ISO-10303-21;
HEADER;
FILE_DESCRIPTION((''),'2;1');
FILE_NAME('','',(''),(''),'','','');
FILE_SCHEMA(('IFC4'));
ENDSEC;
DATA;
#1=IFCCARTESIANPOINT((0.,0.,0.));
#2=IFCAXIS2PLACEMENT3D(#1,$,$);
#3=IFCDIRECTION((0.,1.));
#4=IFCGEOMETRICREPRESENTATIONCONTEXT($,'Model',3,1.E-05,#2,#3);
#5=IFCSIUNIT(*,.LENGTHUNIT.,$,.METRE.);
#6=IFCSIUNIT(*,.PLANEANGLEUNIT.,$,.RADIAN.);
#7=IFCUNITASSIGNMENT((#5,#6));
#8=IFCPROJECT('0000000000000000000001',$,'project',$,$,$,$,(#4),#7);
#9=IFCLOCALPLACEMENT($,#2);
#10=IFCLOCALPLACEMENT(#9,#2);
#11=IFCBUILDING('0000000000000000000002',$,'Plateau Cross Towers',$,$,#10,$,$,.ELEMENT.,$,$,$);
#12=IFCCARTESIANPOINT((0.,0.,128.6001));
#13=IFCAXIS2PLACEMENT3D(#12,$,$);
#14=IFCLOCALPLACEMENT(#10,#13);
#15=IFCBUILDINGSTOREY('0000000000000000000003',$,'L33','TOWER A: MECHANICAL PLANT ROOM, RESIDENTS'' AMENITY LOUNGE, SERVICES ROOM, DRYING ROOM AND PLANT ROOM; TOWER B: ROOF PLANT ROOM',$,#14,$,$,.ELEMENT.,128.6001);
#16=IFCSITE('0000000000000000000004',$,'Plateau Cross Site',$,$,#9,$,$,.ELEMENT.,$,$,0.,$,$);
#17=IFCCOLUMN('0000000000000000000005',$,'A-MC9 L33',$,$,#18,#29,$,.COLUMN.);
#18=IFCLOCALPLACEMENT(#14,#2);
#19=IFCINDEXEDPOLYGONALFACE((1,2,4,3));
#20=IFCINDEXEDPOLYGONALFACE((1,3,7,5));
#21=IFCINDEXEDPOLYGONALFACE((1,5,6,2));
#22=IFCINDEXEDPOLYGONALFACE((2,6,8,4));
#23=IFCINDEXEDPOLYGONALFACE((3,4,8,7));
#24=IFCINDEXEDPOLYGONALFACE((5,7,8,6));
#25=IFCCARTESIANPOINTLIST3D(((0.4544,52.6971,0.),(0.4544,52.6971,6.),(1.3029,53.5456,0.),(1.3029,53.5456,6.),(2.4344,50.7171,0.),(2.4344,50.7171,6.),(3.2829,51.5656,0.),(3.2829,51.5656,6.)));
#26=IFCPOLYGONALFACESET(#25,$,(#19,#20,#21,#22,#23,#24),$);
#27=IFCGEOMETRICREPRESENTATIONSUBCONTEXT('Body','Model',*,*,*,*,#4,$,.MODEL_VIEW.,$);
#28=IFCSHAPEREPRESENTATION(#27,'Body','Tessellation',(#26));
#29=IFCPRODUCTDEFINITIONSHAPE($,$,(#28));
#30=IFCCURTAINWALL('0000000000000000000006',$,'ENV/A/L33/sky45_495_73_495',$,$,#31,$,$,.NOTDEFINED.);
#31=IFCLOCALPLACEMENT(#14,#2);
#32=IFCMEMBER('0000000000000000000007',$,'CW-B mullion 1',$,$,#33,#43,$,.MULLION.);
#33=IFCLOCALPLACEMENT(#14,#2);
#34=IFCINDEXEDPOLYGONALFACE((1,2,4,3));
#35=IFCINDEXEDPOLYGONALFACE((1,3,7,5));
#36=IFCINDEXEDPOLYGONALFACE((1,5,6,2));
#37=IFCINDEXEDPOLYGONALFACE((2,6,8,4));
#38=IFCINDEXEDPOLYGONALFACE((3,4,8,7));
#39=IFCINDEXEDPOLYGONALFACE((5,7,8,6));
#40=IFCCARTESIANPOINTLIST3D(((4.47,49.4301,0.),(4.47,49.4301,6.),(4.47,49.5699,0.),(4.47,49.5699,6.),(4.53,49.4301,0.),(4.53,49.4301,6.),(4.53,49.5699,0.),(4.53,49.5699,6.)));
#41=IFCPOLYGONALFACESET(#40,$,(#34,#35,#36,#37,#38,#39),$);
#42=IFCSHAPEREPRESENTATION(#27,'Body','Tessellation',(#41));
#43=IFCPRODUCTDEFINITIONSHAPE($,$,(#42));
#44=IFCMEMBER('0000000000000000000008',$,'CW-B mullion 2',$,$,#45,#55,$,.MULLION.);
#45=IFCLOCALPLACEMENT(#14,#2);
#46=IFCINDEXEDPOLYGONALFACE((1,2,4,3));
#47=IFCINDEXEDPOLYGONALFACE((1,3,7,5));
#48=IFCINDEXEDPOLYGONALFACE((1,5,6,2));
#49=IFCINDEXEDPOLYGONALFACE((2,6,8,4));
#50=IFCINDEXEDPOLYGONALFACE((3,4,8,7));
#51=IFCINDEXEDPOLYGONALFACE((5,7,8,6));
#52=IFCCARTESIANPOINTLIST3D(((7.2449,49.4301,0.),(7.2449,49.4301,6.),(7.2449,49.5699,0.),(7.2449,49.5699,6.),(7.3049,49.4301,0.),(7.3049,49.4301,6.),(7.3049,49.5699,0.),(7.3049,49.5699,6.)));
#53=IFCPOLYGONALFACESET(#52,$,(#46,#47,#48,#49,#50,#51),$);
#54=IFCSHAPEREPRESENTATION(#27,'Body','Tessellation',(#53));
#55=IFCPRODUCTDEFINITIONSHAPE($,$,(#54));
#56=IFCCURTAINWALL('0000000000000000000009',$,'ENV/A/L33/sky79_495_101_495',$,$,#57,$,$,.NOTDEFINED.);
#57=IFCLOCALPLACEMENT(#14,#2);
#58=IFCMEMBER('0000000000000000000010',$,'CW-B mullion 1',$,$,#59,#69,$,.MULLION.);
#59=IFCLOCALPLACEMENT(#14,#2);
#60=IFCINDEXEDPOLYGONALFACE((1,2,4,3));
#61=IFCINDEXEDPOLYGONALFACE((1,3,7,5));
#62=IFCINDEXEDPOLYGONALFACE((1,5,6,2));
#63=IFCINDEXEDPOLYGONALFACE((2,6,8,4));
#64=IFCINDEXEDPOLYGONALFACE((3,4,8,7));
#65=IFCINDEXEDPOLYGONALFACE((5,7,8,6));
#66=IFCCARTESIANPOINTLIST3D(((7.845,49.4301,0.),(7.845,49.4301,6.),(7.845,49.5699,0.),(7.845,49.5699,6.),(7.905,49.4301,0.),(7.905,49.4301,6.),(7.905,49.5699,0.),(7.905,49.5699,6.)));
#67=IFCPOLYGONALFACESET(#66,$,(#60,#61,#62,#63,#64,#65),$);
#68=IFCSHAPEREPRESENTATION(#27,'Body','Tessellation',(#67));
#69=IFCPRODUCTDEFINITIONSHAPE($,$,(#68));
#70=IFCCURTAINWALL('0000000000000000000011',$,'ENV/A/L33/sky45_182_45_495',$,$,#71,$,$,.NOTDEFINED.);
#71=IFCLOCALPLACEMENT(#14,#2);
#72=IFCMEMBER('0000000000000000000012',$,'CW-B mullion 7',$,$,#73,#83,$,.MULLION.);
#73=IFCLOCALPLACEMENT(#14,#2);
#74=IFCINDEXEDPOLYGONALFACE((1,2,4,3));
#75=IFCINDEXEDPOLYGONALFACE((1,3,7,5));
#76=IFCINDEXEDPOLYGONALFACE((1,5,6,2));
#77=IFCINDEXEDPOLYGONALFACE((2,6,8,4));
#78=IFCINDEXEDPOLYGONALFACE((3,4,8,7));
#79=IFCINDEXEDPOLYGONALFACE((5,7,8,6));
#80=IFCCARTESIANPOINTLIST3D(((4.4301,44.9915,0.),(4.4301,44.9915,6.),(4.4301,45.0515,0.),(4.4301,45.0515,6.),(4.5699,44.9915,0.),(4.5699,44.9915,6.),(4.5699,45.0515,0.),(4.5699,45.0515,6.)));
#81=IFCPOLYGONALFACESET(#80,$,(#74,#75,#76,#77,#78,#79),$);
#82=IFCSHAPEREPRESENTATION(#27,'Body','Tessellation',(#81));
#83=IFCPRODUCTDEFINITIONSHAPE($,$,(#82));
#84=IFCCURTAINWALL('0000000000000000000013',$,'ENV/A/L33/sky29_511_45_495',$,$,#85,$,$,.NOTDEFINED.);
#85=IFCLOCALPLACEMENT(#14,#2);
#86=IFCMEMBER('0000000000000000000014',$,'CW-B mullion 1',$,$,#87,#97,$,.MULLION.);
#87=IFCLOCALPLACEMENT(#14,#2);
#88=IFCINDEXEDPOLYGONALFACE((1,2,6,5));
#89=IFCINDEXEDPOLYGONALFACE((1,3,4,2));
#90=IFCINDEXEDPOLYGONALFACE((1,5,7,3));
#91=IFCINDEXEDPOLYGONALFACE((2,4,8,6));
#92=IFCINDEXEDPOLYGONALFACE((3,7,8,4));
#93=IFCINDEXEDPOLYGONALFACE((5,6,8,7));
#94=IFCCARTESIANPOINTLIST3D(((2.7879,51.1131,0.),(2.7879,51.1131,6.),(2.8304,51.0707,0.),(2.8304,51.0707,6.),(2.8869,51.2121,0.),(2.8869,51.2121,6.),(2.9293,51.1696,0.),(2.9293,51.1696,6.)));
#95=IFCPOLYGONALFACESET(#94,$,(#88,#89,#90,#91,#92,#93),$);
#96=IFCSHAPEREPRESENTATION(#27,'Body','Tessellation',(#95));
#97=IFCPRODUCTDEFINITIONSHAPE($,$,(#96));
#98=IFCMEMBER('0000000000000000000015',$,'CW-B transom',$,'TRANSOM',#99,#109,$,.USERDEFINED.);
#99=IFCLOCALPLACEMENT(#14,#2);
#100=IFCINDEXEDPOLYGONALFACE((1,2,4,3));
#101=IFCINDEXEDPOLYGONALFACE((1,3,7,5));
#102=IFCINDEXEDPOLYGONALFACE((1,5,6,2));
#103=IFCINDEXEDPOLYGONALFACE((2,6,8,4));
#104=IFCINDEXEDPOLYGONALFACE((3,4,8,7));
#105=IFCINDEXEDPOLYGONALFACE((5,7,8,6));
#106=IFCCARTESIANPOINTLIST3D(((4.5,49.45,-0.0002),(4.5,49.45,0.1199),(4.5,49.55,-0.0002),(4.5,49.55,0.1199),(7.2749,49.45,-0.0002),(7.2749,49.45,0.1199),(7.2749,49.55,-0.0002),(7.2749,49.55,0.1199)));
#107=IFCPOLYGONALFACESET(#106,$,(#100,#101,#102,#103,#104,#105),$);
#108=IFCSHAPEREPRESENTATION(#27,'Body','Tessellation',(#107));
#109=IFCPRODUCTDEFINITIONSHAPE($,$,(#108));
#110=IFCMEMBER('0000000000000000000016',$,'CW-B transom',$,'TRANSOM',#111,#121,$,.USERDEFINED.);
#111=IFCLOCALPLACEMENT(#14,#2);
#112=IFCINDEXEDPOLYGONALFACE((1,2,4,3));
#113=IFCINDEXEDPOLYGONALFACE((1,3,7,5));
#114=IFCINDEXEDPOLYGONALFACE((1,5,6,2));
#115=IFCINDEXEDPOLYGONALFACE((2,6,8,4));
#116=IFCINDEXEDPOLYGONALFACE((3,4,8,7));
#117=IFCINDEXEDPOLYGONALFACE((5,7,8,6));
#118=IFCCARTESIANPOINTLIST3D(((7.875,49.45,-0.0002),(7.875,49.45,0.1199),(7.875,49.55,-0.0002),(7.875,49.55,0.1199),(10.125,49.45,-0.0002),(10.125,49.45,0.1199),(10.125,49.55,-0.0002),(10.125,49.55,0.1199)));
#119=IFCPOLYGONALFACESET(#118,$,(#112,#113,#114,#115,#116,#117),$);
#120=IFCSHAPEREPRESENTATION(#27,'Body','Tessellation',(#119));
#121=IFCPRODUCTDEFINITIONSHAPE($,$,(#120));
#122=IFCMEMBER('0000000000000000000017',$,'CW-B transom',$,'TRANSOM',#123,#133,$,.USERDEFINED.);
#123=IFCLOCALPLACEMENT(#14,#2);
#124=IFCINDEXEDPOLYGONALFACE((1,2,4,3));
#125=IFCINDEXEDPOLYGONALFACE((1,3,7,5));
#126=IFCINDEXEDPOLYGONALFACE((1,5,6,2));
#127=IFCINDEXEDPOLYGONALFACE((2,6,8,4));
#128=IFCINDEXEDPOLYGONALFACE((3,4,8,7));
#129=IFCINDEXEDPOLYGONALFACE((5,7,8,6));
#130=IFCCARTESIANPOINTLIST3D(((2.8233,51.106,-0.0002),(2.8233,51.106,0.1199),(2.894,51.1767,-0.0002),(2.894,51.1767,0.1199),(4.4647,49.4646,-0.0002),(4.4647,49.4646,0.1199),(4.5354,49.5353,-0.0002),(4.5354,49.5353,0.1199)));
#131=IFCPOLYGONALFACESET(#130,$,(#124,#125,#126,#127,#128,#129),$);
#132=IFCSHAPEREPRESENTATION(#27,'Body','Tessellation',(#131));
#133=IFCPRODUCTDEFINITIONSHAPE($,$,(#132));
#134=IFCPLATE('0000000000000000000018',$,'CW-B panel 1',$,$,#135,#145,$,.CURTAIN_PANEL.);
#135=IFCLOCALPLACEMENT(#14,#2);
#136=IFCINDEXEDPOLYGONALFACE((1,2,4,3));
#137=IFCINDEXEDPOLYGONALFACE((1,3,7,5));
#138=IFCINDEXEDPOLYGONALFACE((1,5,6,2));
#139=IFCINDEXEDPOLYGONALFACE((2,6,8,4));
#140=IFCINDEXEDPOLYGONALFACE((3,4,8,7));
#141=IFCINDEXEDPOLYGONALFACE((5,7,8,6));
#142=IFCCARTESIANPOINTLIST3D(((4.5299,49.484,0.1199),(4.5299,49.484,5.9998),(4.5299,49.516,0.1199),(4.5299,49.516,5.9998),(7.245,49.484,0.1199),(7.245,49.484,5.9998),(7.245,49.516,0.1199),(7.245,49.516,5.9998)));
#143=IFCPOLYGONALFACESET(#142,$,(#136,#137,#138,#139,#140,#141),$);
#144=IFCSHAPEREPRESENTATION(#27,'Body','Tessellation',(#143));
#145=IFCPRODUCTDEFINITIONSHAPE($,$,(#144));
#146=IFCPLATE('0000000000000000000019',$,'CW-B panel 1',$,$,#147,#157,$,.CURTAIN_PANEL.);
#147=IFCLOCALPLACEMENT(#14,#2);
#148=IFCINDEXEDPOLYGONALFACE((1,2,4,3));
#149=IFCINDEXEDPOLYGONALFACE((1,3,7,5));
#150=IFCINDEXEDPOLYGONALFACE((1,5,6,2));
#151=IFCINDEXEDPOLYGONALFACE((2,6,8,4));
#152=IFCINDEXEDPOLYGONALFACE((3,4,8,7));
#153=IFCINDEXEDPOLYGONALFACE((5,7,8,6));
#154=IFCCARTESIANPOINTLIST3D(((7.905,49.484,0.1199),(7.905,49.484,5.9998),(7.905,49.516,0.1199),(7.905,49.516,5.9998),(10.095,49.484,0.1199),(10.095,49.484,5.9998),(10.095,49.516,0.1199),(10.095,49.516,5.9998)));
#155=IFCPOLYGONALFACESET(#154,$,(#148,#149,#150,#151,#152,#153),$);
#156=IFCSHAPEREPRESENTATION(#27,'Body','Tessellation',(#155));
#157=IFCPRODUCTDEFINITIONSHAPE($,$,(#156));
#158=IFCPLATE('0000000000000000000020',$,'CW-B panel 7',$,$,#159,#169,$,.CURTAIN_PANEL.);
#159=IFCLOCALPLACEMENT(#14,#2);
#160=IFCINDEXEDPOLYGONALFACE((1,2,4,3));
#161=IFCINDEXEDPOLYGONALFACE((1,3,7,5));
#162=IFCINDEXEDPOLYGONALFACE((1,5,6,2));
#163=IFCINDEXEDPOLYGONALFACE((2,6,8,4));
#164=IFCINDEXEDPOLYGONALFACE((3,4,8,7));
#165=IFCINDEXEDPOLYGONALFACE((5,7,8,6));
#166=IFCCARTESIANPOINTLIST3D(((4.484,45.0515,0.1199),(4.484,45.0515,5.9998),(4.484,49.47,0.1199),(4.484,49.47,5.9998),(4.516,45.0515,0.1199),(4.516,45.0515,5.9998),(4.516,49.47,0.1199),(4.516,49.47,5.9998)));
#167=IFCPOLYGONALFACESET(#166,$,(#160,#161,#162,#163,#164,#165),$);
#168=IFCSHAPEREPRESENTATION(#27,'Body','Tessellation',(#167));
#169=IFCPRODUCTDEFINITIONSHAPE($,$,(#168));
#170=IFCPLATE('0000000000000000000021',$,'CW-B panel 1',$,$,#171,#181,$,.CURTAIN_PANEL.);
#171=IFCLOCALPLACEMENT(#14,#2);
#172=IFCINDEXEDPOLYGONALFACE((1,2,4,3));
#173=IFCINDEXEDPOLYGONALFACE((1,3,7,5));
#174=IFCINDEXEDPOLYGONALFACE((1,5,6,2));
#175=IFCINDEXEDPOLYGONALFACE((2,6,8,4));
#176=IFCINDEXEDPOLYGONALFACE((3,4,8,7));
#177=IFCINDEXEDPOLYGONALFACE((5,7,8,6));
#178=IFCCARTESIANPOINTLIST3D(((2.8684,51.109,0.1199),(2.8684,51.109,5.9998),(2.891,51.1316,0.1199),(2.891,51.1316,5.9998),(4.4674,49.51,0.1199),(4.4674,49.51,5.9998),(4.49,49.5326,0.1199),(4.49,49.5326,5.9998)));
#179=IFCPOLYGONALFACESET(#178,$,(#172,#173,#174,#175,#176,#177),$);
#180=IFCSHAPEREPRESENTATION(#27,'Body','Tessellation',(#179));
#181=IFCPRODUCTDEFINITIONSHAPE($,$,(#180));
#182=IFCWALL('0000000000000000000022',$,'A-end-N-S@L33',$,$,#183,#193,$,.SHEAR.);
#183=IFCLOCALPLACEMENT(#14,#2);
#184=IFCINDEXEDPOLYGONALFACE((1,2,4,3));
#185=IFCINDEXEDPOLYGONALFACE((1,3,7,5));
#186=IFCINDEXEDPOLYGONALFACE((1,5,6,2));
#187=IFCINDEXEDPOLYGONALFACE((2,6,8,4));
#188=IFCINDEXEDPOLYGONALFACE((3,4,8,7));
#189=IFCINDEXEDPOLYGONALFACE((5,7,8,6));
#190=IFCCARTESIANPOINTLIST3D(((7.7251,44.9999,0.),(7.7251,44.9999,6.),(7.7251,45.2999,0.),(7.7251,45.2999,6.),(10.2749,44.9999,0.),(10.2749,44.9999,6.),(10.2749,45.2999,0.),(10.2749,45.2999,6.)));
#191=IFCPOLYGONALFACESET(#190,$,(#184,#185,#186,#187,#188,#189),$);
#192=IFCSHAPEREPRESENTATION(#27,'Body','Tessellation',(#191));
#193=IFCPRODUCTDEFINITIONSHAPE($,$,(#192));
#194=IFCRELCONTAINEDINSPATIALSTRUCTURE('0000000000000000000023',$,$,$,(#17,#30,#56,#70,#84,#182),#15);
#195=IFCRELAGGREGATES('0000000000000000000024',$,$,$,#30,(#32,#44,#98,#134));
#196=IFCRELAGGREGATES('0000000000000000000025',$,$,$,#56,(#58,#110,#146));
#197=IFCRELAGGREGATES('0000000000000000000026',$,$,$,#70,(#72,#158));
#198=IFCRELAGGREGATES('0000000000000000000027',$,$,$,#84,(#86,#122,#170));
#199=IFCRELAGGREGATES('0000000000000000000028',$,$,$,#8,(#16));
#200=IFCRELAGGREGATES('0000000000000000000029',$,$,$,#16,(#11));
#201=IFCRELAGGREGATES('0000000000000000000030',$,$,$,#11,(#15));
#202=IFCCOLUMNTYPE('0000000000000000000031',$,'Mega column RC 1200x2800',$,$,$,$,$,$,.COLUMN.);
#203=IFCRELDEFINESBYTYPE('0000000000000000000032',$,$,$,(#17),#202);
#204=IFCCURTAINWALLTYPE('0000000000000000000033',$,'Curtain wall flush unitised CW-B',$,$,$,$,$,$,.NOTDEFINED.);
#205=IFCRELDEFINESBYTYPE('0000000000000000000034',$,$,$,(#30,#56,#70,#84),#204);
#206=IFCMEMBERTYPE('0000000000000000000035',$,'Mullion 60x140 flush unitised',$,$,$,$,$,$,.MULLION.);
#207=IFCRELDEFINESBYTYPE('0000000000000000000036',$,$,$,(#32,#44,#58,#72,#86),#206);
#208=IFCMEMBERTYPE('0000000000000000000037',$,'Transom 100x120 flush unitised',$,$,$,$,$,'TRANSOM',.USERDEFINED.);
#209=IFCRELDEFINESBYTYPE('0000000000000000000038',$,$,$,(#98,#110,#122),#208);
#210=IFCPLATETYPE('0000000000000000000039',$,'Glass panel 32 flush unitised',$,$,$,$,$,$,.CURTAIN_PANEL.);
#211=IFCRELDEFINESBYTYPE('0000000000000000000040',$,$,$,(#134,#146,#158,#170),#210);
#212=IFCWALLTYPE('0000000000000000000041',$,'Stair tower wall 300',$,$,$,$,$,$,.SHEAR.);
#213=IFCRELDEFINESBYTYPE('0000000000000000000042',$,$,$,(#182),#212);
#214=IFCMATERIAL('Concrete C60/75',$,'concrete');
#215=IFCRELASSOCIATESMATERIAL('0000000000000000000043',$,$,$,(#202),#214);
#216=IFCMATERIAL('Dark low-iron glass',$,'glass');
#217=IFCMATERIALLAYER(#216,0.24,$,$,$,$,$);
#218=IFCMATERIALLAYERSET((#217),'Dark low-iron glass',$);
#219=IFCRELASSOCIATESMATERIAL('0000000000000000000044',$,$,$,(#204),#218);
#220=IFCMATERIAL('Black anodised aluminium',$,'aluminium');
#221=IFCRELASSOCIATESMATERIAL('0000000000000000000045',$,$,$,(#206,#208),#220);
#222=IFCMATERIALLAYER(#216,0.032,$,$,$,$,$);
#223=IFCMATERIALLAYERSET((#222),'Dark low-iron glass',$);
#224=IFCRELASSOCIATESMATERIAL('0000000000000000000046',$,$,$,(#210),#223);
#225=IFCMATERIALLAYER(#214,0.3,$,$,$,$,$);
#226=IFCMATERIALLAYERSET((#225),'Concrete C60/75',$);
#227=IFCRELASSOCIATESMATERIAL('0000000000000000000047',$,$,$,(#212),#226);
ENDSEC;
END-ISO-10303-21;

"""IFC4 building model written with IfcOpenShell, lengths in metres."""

from ifc_helpers import new_model, si_unit, direction, frame, frame_2d, origin, origin_2d, place, context, subcontext, project, spatial, rectangle, extrude, material, layer, layer_set, material_profile, profile_set, type_object, element, aggregate, save


model = new_model("IFC4")

# Units and contexts
model_context = context("Model", 3, precision=1e-05, world=origin(), true_north=direction((0.0, 1.0)))
body_context = subcontext(model_context, "Body", "Model", "MODEL_VIEW")
ifc_project = project(units=[si_unit("LENGTHUNIT", "METRE"), si_unit("PLANEANGLEUNIT", "RADIAN")], contexts=[model_context])

# Site, building, storey
site_placement = place(None, origin())
site = spatial("IfcSite", under=ifc_project, at=site_placement, Name="Plateau Cross Site", CompositionType="ELEMENT", RefElevation=0.0)
building_placement = place(site_placement, origin())
building = spatial("IfcBuilding", under=site, at=building_placement, Name="Plateau Cross Towers", CompositionType="ELEMENT")
storey_placement = place(building_placement, frame((0.0, 0.0, 128.6001)))
storey = spatial("IfcBuildingStorey", under=building, at=storey_placement, Name="L33", Description="TOWER A: MECHANICAL PLANT ROOM, RESIDENTS' AMENITY LOUNGE, SERVICES ROOM, DRYING ROOM AND PLANT ROOM; TOWER B: ROOF PLANT ROOM", CompositionType="ELEMENT", Elevation=128.6001)

# Column
ifc_material_1 = material(Name="Concrete C60/75", Category="concrete")
ifc_material_profile_1 = material_profile(ifc_material_1, rectangle(XDim=1.2, YDim=2.8, at=origin_2d()), Name="RC 1200x2800")
ifc_profile_set_1 = profile_set([ifc_material_profile_1], Name="Concrete C60/75")
column_type = type_object("IfcColumnType", Name="Mega column RC 1200x2800", PredefinedType="COLUMN", material=ifc_profile_set_1)
column_placement = place(storey_placement, frame((1.8687, 52.1313, 0.0), z_axis=(0.0, 0.0, 1.0), x_axis=(0.707107, 0.707107, 0.0)))
element("IfcColumn", 1, at=column_placement, inside=storey, type_object=column_type, Name="A-MC9 L33", PredefinedType="COLUMN", context=body_context, shape_type="SweptSolid", body=[
    extrude(rectangle(XDim=1.2, YDim=2.8, at=origin_2d()), origin(), (0.0, 0.0, 1.0), 6.0),
])

# Curtain wall, members
ifc_material_2 = material(Name="Dark low-iron glass", Category="glass")
ifc_layer_1 = layer(ifc_material_2, 0.24)
ifc_layer_set_1 = layer_set([ifc_layer_1], Name="Dark low-iron glass")
curtain_wall_type = type_object("IfcCurtainWallType", Name="Curtain wall flush unitised CW-B", PredefinedType="NOTDEFINED", material=ifc_layer_set_1)
curtain_wall_1_placement = place(storey_placement, origin())
curtain_wall_1 = element("IfcCurtainWall", 2, at=curtain_wall_1_placement, inside=storey, type_object=curtain_wall_type, Name="ENV/A/L33/sky45_495_73_495", PredefinedType="NOTDEFINED")
ifc_material_3 = material(Name="Black anodised aluminium", Category="aluminium")
ifc_material_profile_2 = material_profile(ifc_material_3, rectangle(XDim=0.0601, YDim=0.1399, at=origin_2d()), Name="MULLION 60x140")
ifc_profile_set_2 = profile_set([ifc_material_profile_2], Name="Black anodised aluminium")
member_type_1 = type_object("IfcMemberType", Name="Mullion 60x140 flush unitised", PredefinedType="MULLION", material=ifc_profile_set_2)
member_1_placement = place(storey_placement, frame((4.5, 49.5, 0.0), z_axis=(0.0, 0.0, 1.0), x_axis=(1.0, 0.0, 0.0)))
member_1 = element("IfcMember", 3, at=member_1_placement, type_object=member_type_1, Name="CW-B mullion 1", PredefinedType="MULLION", context=body_context, shape_type="SweptSolid", body=[
    extrude(rectangle(XDim=0.0601, YDim=0.1399, at=origin_2d()), origin(), (0.0, 0.0, 1.0), 6.0),
])
member_2_placement = place(storey_placement, frame((7.2749, 49.5, 0.0), z_axis=(0.0, 0.0, 1.0), x_axis=(1.0, 0.0, 0.0)))
member_2 = element("IfcMember", 4, at=member_2_placement, type_object=member_type_1, Name="CW-B mullion 2", PredefinedType="MULLION", context=body_context, shape_type="SweptSolid", body=[
    extrude(rectangle(XDim=0.0601, YDim=0.1399, at=origin_2d()), origin(), (0.0, 0.0, 1.0), 6.0),
])

# Curtain walls, members
curtain_wall_2_placement = place(storey_placement, origin())
curtain_wall_2 = element("IfcCurtainWall", 5, at=curtain_wall_2_placement, inside=storey, type_object=curtain_wall_type, Name="ENV/A/L33/sky79_495_101_495", PredefinedType="NOTDEFINED")
member_3_placement = place(storey_placement, frame((7.875, 49.5, 0.0), z_axis=(0.0, 0.0, 1.0), x_axis=(1.0, 0.0, 0.0)))
member_3 = element("IfcMember", 6, at=member_3_placement, type_object=member_type_1, Name="CW-B mullion 1", PredefinedType="MULLION", context=body_context, shape_type="SweptSolid", body=[
    extrude(rectangle(XDim=0.0601, YDim=0.1399, at=origin_2d()), origin(), (0.0, 0.0, 1.0), 6.0),
])
curtain_wall_3_placement = place(storey_placement, origin())
curtain_wall_3 = element("IfcCurtainWall", 7, at=curtain_wall_3_placement, inside=storey, type_object=curtain_wall_type, Name="ENV/A/L33/sky45_182_45_495", PredefinedType="NOTDEFINED")
member_4_placement = place(storey_placement, frame((4.5, 45.0215, 0.0), z_axis=(0.0, 0.0, 1.0), x_axis=(0.0, 1.0, 0.0)))
member_4 = element("IfcMember", 8, at=member_4_placement, type_object=member_type_1, Name="CW-B mullion 7", PredefinedType="MULLION", context=body_context, shape_type="SweptSolid", body=[
    extrude(rectangle(XDim=0.0601, YDim=0.1399, at=origin_2d()), origin(), (0.0, 0.0, 1.0), 6.0),
])
curtain_wall_4_placement = place(storey_placement, origin())
curtain_wall_4 = element("IfcCurtainWall", 9, at=curtain_wall_4_placement, inside=storey, type_object=curtain_wall_type, Name="ENV/A/L33/sky29_511_45_495", PredefinedType="NOTDEFINED")
member_5_placement = place(storey_placement, frame((2.8586, 51.1414, 0.0), z_axis=(0.0, 0.0, 1.0), x_axis=(0.707107, -0.707107, 0.0)))
member_5 = element("IfcMember", 10, at=member_5_placement, type_object=member_type_1, Name="CW-B mullion 1", PredefinedType="MULLION", context=body_context, shape_type="SweptSolid", body=[
    extrude(rectangle(XDim=0.0601, YDim=0.1399, at=origin_2d()), origin(), (0.0, 0.0, 1.0), 6.0),
])

# Members
ifc_material_profile_3 = material_profile(ifc_material_3, rectangle(XDim=0.1001, YDim=0.1201, at=origin_2d()), Name="TRANSOM 100x120")
ifc_profile_set_3 = profile_set([ifc_material_profile_3], Name="Black anodised aluminium")
member_type_2 = type_object("IfcMemberType", Name="Transom 100x120 flush unitised", ElementType="TRANSOM", PredefinedType="USERDEFINED", material=ifc_profile_set_3)
member_6_placement = place(storey_placement, frame((4.5, 49.5, 0.0598), z_axis=(1.0, 0.0, 0.0), x_axis=(0.0, 1.0, 0.0)))
member_6 = element("IfcMember", 11, at=member_6_placement, type_object=member_type_2, Name="CW-B transom", ObjectType="TRANSOM", PredefinedType="USERDEFINED", context=body_context, shape_type="SweptSolid", body=[
    extrude(rectangle(XDim=0.1001, YDim=0.1201, at=origin_2d()), origin(), (0.0, 0.0, 1.0), 2.7749),
])
member_7_placement = place(storey_placement, frame((7.875, 49.5, 0.0598), z_axis=(1.0, 0.0, 0.0), x_axis=(0.0, 1.0, 0.0)))
member_7 = element("IfcMember", 12, at=member_7_placement, type_object=member_type_2, Name="CW-B transom", ObjectType="TRANSOM", PredefinedType="USERDEFINED", context=body_context, shape_type="SweptSolid", body=[
    extrude(rectangle(XDim=0.1001, YDim=0.1201, at=origin_2d()), origin(), (0.0, 0.0, 1.0), 2.25),
])
member_8_placement = place(storey_placement, frame((2.8586, 51.1414, 0.0598), z_axis=(0.707107, -0.707107, 0.0), x_axis=(0.707107, 0.707107, 0.0)))
member_8 = element("IfcMember", 13, at=member_8_placement, type_object=member_type_2, Name="CW-B transom", ObjectType="TRANSOM", PredefinedType="USERDEFINED", context=body_context, shape_type="SweptSolid", body=[
    extrude(rectangle(XDim=0.1001, YDim=0.1201, at=origin_2d()), origin(), (0.0, 0.0, 1.0), 2.3213),
])

# Plates
ifc_layer_2 = layer(ifc_material_2, 0.032)
ifc_layer_set_2 = layer_set([ifc_layer_2], Name="Dark low-iron glass")
plate_type = type_object("IfcPlateType", Name="Glass panel 32 flush unitised", PredefinedType="CURTAIN_PANEL", material=ifc_layer_set_2)
plate_1_placement = place(storey_placement, frame((5.8875, 49.5, 0.1199), z_axis=(0.0, 0.0, 1.0), x_axis=(1.0, 0.0, 0.0)))
plate_1 = element("IfcPlate", 14, at=plate_1_placement, type_object=plate_type, Name="CW-B panel 1", PredefinedType="CURTAIN_PANEL", context=body_context, shape_type="SweptSolid", body=[
    extrude(rectangle(XDim=2.7151, YDim=0.032, at=origin_2d()), origin(), (0.0, 0.0, 1.0), 5.8799),
])
aggregate(curtain_wall_1, [member_1, member_2, member_6, plate_1])
plate_2_placement = place(storey_placement, frame((9.0, 49.5, 0.1199), z_axis=(0.0, 0.0, 1.0), x_axis=(1.0, 0.0, 0.0)))
plate_2 = element("IfcPlate", 15, at=plate_2_placement, type_object=plate_type, Name="CW-B panel 1", PredefinedType="CURTAIN_PANEL", context=body_context, shape_type="SweptSolid", body=[
    extrude(rectangle(XDim=2.1899, YDim=0.032, at=origin_2d()), origin(), (0.0, 0.0, 1.0), 5.8799),
])
aggregate(curtain_wall_2, [member_3, member_7, plate_2])
plate_3_placement = place(storey_placement, frame((4.5, 47.2607, 0.1199), z_axis=(0.0, 0.0, 1.0), x_axis=(0.0, 1.0, 0.0)))
plate_3 = element("IfcPlate", 16, at=plate_3_placement, type_object=plate_type, Name="CW-B panel 7", PredefinedType="CURTAIN_PANEL", context=body_context, shape_type="SweptSolid", body=[
    extrude(rectangle(XDim=4.4185, YDim=0.032, at=origin_2d()), origin(), (0.0, 0.0, 1.0), 5.8799),
])
aggregate(curtain_wall_3, [member_4, plate_3])
plate_4_placement = place(storey_placement, frame((3.6792, 50.3208, 0.1199), z_axis=(0.0, 0.0, 1.0), x_axis=(0.707107, -0.707107, 0.0)))
plate_4 = element("IfcPlate", 17, at=plate_4_placement, type_object=plate_type, Name="CW-B panel 1", PredefinedType="CURTAIN_PANEL", context=body_context, shape_type="SweptSolid", body=[
    extrude(rectangle(XDim=2.2612, YDim=0.032, at=origin_2d()), origin(), (0.0, 0.0, 1.0), 5.8799),
])
aggregate(curtain_wall_4, [member_5, member_8, plate_4])

# Wall
ifc_layer_3 = layer(ifc_material_1, 0.3)
ifc_layer_set_3 = layer_set([ifc_layer_3], Name="Concrete C60/75")
wall_type = type_object("IfcWallType", Name="Stair tower wall 300", PredefinedType="SHEAR", material=ifc_layer_set_3)
for number, where, z_axis, x_axis, name in (
    (18, (7.7251, 45.1499, 0.0), (0.0, 0.0, 1.0), (1.0, 0.0, 0.0), "A-end-N-S@L33"),
):
    element("IfcWall", number, at=place(storey_placement, frame(where, z_axis=z_axis, x_axis=x_axis)), inside=storey, type_object=wall_type, Name=name, PredefinedType="SHEAR", context=body_context, shape_type="SweptSolid", body=[
        extrude(rectangle(XDim=2.5498, YDim=0.3, at=frame_2d((1.2749, 0.0))), origin(), (0.0, 0.0, 1.0), 6.0),
    ])

save(model, "model.ifc")
